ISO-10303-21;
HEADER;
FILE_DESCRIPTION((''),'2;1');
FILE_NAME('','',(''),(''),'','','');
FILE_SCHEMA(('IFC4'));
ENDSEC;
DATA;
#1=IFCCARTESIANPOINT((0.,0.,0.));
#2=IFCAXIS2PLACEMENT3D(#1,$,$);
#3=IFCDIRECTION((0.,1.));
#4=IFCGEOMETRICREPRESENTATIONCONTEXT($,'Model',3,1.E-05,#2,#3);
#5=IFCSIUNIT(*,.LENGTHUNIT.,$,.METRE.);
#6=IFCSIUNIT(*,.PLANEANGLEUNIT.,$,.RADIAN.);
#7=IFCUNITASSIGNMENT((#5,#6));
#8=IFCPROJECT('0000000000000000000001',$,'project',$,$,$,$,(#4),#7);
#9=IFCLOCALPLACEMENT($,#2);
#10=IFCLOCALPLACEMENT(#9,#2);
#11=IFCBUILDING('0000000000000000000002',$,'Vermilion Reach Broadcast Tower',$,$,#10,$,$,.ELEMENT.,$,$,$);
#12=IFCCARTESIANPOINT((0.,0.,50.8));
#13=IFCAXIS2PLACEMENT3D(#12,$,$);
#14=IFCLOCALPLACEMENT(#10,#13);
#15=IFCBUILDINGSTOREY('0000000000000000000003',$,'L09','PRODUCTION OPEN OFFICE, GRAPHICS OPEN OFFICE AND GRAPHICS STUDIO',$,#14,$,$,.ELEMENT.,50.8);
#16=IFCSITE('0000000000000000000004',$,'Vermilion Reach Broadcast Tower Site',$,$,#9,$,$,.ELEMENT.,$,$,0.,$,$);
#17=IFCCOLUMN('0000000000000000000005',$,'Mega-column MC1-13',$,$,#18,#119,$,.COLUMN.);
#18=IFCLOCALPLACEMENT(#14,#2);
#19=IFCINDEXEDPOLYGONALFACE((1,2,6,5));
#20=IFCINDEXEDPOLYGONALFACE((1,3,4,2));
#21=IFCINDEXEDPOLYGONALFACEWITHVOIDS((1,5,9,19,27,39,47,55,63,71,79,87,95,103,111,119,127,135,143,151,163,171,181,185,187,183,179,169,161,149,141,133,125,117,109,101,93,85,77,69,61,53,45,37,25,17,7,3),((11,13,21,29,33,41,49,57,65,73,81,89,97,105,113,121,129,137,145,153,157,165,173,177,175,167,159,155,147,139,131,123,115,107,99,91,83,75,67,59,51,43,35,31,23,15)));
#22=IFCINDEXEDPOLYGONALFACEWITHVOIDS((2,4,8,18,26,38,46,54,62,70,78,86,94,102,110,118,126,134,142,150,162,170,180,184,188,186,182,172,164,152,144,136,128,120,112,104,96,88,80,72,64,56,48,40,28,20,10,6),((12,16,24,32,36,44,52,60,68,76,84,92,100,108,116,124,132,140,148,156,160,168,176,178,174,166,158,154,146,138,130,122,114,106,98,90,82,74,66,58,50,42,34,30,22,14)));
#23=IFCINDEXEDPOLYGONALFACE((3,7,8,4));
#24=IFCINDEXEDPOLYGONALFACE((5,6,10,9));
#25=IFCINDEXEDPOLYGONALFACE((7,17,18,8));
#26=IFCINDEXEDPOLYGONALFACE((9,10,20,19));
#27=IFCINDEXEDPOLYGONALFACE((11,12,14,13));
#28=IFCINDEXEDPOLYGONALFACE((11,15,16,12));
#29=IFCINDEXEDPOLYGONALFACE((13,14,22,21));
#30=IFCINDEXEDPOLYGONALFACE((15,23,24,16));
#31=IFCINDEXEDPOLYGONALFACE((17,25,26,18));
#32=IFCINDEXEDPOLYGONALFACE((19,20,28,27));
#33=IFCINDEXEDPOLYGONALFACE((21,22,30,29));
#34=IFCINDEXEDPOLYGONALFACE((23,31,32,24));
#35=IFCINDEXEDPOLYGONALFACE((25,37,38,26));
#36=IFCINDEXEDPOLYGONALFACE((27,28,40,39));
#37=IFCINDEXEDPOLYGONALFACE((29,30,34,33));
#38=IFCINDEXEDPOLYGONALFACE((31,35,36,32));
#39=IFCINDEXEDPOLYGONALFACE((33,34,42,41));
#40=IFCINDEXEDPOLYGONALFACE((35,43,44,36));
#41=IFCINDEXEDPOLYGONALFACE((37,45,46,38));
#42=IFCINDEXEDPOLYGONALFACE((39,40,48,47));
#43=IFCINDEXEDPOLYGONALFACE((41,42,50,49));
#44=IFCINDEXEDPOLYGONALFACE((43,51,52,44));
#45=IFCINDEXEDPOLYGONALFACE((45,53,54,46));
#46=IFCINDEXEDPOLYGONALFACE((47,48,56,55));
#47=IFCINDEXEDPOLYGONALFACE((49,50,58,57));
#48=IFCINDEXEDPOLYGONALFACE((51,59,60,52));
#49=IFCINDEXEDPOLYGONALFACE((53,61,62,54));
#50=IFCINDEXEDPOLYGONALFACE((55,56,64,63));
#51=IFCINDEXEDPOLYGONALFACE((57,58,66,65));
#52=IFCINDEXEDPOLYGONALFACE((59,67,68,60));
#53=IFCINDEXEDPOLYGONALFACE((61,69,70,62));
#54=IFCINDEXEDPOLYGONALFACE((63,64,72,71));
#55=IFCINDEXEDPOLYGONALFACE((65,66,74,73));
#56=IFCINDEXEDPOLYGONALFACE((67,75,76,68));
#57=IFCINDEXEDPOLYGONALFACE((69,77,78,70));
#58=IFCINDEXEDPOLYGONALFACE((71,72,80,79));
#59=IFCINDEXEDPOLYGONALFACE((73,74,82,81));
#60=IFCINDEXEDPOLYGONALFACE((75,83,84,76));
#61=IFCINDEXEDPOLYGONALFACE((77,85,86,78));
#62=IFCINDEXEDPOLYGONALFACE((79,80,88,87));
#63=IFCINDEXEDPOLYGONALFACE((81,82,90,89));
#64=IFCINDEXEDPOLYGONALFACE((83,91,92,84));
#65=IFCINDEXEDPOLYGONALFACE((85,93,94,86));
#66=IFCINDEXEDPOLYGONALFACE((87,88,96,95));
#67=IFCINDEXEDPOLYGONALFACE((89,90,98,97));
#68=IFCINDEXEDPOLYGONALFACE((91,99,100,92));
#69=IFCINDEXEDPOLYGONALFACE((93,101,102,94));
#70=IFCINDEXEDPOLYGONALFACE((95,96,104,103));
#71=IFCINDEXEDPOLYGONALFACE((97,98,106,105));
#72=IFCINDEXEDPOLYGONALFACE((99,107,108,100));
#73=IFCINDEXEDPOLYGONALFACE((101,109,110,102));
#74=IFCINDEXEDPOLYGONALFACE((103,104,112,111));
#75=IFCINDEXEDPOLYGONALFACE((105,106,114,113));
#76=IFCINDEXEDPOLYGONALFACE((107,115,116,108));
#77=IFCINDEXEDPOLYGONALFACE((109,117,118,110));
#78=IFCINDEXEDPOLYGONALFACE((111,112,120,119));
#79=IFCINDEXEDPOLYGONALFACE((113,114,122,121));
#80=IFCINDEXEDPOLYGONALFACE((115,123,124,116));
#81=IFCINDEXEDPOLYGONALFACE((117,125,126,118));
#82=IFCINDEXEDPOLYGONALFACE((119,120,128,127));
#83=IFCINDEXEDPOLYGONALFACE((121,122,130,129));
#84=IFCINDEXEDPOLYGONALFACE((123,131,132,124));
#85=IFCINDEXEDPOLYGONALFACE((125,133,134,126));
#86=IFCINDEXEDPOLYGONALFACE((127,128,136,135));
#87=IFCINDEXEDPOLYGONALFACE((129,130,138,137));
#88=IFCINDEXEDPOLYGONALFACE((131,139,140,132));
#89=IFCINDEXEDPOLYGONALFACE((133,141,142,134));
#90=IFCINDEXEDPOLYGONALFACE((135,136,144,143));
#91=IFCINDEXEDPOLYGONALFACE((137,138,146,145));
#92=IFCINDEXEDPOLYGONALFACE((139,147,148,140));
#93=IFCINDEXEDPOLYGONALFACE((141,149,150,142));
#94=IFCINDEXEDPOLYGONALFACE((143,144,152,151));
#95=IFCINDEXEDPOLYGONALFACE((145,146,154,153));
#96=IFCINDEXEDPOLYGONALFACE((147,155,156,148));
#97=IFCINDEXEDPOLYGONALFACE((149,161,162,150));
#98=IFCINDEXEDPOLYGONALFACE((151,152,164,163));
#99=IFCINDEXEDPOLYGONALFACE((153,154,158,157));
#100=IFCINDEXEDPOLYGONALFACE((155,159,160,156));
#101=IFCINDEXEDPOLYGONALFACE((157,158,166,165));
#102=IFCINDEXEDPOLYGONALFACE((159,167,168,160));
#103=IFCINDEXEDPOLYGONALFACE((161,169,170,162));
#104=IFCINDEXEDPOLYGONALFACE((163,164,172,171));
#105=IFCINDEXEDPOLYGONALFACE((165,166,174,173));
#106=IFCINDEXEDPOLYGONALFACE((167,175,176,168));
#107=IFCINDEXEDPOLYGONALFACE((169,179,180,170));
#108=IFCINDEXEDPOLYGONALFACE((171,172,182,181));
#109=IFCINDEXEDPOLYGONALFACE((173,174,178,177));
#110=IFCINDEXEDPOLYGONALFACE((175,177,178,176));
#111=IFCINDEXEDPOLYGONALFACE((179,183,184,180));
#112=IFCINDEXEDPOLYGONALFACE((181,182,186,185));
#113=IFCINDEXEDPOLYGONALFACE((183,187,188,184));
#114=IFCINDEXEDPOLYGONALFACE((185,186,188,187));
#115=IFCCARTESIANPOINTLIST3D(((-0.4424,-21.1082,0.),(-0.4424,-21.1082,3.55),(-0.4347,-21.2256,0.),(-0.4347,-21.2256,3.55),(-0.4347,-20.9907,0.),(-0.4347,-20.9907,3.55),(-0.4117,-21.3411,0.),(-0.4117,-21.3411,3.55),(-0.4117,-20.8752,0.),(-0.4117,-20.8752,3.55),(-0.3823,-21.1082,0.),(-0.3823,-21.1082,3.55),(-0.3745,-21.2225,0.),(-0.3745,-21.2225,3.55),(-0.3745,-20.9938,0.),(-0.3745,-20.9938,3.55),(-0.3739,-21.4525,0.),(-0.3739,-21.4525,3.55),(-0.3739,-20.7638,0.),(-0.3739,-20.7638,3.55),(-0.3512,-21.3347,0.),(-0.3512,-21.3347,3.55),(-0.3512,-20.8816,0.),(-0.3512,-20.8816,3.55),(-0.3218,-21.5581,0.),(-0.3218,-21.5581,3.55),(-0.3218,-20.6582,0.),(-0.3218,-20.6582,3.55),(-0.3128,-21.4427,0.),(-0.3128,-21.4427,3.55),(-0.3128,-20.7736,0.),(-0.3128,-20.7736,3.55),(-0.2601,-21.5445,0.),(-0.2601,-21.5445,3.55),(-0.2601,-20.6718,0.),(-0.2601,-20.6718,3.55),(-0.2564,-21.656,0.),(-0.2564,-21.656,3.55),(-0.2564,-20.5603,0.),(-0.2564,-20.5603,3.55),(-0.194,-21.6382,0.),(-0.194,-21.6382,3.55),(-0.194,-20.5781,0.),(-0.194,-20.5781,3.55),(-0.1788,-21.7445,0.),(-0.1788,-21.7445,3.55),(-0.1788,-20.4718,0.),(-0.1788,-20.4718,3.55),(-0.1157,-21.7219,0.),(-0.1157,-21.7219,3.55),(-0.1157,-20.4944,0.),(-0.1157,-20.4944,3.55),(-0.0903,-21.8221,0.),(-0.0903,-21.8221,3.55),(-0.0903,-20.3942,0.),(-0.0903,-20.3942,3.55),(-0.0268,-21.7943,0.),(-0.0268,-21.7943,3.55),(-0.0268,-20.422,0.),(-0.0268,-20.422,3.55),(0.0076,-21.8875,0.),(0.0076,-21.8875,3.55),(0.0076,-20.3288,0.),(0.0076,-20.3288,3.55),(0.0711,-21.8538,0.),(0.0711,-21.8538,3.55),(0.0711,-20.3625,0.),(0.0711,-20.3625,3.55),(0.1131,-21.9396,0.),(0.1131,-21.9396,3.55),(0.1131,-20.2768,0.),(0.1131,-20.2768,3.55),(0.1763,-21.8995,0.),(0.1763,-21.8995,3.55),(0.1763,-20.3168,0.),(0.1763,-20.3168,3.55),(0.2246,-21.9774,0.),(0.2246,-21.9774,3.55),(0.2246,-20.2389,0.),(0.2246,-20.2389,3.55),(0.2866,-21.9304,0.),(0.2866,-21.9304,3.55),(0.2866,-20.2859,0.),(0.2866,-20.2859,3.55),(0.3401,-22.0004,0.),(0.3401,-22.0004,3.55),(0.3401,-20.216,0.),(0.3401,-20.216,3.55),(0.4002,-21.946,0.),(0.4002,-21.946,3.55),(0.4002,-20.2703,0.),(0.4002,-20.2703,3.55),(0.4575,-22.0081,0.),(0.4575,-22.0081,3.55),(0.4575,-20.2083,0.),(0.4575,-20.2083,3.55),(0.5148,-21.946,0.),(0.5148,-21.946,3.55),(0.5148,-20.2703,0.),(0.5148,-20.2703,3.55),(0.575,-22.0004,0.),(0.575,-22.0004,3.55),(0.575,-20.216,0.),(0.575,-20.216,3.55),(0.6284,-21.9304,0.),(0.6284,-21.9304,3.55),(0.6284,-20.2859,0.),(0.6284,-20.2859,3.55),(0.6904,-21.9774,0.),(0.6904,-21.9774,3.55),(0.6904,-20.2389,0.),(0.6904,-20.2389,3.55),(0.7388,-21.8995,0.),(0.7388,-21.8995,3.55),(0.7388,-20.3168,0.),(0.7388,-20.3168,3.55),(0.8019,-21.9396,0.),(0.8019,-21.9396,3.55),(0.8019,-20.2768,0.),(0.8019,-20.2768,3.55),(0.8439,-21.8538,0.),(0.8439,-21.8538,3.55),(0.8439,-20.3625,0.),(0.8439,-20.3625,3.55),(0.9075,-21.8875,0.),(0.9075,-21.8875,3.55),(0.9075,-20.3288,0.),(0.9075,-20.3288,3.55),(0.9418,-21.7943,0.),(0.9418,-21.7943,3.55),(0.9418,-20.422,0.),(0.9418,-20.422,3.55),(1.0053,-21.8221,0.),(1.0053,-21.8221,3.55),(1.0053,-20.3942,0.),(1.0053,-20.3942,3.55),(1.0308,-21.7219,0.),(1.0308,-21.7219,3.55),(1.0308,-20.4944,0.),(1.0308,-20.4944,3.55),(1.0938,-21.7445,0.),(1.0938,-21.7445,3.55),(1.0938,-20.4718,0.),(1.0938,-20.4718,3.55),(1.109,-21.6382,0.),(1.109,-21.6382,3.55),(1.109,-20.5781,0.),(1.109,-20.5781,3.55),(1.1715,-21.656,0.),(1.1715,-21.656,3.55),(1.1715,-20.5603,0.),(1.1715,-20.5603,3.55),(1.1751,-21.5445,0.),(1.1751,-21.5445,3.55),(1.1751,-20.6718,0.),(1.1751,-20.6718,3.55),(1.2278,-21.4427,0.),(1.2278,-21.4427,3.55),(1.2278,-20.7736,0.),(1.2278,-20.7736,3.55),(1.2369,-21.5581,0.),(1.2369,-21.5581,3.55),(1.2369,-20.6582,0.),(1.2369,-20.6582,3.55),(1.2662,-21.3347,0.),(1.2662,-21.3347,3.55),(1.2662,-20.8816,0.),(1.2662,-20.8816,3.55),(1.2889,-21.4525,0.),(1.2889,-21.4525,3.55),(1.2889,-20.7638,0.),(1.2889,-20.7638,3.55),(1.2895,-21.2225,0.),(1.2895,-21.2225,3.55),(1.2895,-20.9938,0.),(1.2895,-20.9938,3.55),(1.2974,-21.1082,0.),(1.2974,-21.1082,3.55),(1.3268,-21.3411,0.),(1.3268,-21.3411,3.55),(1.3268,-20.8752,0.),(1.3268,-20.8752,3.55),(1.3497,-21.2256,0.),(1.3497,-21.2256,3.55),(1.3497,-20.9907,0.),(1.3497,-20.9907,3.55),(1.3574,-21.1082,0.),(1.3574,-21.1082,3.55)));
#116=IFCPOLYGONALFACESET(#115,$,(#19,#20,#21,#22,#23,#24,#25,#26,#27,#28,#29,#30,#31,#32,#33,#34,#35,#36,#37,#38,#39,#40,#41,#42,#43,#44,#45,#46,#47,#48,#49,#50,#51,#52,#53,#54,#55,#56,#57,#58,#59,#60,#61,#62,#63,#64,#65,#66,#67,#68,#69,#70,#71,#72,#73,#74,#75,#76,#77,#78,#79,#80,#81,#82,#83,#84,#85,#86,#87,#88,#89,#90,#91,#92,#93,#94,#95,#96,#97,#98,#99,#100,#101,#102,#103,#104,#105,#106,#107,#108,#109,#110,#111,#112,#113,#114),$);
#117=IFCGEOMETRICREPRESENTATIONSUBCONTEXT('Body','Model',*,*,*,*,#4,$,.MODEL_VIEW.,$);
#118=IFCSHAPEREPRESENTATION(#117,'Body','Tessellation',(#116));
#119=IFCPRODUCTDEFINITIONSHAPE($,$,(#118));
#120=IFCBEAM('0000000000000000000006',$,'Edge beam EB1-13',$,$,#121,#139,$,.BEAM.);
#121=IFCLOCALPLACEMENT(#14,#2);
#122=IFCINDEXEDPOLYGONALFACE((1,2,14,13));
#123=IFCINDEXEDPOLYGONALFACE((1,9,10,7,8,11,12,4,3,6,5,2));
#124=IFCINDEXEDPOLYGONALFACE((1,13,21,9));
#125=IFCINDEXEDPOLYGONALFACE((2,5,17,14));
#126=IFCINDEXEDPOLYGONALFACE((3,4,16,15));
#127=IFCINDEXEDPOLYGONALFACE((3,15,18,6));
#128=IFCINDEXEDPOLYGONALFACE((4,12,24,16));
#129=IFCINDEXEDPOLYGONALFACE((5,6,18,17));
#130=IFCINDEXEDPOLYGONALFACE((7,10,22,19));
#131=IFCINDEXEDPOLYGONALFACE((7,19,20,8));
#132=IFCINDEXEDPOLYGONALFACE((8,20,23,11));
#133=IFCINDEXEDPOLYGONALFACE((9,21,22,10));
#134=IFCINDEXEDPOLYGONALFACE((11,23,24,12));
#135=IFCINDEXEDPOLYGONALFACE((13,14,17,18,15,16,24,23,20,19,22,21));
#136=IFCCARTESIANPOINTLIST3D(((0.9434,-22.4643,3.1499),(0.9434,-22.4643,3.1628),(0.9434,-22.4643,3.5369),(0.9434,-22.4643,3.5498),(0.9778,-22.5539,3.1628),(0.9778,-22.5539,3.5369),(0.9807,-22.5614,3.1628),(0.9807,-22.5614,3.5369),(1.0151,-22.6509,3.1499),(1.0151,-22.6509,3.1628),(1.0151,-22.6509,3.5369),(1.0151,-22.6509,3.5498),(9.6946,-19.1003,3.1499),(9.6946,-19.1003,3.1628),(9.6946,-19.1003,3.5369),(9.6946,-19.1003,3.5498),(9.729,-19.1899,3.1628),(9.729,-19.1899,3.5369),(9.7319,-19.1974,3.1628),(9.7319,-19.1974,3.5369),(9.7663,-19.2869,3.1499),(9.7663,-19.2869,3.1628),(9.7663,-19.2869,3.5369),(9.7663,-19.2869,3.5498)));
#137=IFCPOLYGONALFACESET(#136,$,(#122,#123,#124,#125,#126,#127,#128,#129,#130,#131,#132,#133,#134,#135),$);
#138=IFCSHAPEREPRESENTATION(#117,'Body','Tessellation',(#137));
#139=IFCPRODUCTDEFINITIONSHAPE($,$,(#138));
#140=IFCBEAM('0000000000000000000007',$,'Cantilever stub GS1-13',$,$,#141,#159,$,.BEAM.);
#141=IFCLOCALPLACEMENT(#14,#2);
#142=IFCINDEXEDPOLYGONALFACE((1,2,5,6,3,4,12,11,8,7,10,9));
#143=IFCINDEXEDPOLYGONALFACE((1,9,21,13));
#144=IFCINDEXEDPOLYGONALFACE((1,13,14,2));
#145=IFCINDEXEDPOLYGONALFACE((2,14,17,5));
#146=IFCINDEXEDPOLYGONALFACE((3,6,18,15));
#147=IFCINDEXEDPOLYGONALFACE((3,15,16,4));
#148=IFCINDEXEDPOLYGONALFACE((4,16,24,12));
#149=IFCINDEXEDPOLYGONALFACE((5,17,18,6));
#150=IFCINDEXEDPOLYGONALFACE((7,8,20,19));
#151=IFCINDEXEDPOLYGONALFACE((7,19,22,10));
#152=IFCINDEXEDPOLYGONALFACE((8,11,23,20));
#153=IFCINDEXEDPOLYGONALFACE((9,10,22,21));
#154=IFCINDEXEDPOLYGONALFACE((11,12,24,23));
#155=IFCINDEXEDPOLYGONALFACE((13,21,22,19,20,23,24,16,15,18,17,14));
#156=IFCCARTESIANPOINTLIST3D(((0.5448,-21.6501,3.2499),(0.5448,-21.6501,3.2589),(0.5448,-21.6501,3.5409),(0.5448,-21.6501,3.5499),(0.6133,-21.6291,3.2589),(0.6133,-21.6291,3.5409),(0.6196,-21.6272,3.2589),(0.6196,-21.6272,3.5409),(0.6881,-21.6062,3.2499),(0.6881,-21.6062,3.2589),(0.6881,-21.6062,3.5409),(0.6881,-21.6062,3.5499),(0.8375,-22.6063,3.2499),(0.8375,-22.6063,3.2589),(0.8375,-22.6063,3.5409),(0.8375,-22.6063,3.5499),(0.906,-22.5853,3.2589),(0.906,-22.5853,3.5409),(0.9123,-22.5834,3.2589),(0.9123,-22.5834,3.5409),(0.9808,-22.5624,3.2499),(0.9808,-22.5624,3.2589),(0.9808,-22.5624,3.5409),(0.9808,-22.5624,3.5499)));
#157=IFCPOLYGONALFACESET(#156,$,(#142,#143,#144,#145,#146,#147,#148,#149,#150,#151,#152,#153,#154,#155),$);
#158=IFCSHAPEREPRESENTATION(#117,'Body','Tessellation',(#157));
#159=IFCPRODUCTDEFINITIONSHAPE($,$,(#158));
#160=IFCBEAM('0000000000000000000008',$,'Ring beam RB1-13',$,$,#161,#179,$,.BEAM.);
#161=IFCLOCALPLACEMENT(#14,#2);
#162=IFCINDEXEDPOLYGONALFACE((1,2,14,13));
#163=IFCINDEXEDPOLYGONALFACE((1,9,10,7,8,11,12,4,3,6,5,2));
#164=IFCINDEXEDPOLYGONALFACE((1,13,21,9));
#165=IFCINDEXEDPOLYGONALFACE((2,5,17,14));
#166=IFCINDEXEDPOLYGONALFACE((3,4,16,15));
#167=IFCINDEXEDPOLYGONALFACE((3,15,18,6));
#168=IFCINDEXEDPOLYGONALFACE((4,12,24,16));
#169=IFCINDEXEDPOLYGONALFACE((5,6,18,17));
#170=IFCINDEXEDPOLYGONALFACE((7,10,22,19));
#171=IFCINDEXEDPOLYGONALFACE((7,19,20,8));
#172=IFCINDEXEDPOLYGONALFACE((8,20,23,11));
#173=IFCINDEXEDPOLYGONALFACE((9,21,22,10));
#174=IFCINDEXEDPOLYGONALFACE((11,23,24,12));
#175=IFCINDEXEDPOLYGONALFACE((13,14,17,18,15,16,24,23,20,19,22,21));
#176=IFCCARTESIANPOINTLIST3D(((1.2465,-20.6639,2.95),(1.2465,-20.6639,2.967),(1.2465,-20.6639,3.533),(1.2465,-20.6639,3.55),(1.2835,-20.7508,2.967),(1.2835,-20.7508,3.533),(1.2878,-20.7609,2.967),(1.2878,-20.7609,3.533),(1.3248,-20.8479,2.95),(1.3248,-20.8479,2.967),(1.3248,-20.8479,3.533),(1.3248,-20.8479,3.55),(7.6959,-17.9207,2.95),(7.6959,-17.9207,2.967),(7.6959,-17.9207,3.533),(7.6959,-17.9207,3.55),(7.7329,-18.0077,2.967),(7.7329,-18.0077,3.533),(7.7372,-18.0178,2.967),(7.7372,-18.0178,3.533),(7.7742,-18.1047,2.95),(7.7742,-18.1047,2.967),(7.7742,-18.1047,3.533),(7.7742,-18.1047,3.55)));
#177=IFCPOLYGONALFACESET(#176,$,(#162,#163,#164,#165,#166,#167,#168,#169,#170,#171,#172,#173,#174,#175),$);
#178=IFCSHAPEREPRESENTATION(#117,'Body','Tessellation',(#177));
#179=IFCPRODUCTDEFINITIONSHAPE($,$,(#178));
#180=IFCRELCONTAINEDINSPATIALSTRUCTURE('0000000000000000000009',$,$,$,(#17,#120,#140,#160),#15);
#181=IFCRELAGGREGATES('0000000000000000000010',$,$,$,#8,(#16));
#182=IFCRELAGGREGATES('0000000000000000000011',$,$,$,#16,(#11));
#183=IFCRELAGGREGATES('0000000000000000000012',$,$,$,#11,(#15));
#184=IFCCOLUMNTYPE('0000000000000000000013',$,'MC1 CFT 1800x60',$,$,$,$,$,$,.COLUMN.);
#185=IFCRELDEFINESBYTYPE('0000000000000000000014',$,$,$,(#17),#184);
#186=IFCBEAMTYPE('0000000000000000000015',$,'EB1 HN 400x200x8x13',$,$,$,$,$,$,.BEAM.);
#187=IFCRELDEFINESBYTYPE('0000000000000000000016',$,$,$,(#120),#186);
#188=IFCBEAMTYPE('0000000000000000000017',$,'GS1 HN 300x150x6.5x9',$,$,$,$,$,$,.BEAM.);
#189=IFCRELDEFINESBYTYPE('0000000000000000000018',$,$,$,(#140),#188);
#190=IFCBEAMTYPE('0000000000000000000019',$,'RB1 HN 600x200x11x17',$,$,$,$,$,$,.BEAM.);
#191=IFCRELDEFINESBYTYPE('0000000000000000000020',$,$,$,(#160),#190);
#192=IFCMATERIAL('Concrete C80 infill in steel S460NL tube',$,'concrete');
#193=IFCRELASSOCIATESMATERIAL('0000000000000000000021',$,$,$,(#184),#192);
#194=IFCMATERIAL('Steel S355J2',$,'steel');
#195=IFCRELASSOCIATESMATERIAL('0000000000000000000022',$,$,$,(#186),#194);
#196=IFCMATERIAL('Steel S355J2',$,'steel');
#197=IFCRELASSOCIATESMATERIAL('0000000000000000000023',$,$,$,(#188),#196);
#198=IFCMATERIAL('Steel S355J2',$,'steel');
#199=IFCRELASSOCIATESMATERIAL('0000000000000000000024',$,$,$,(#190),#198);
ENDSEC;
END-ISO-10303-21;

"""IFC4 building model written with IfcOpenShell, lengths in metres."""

from ifc_helpers import new_model, si_unit, direction, frame, origin, origin_2d, place, context, subcontext, project, spatial, hollow_circle, i_section, extrude, material, material_profile, profile_set, type_object, element, save


model = new_model("IFC4")

# Units and contexts
model_context = context("Model", 3, precision=1e-05, world=origin(), true_north=direction((0.0, 1.0)))
body_context = subcontext(model_context, "Body", "Model", "MODEL_VIEW")
ifc_project = project(units=[si_unit("LENGTHUNIT", "METRE"), si_unit("PLANEANGLEUNIT", "RADIAN")], contexts=[model_context])

# Site, building, storey
site_placement = place(None, origin())
site = spatial("IfcSite", under=ifc_project, at=site_placement, Name="Vermilion Reach Broadcast Tower Site", CompositionType="ELEMENT", RefElevation=0.0)
building_placement = place(site_placement, origin())
building = spatial("IfcBuilding", under=site, at=building_placement, Name="Vermilion Reach Broadcast Tower", CompositionType="ELEMENT")
storey_placement = place(building_placement, frame((0.0, 0.0, 50.8)))
storey = spatial("IfcBuildingStorey", under=building, at=storey_placement, Name="L09", Description="PRODUCTION OPEN OFFICE, GRAPHICS OPEN OFFICE AND GRAPHICS STUDIO", CompositionType="ELEMENT", Elevation=50.8)

# Column
ifc_material_1 = material(Name="Concrete C80 infill in steel S460NL tube", Category="concrete")
ifc_material_profile_1 = material_profile(ifc_material_1, hollow_circle(Radius=0.8999, WallThickness=0.0601, at=origin_2d()), Name="Concrete C80 infill in steel S460NL tube CFT 1800x60")
ifc_profile_set_1 = profile_set([ifc_material_profile_1], Name="Concrete C80 infill in steel S460NL tube")
column_type = type_object("IfcColumnType", Name="MC1 CFT 1800x60", PredefinedType="COLUMN", material=ifc_profile_set_1)
column_placement = place(storey_placement, frame((0.4575, -21.1082, 0.0), z_axis=(0.0, 0.0, 1.0), x_axis=(1.0, 0.0, 0.0)))
element("IfcColumn", 1, at=column_placement, inside=storey, type_object=column_type, Name="Mega-column MC1-13", PredefinedType="COLUMN", context=body_context, shape_type="SweptSolid", body=[
    extrude(hollow_circle(Radius=0.8999, WallThickness=0.0601, at=origin_2d()), origin(), (0.0, 0.0, 1.0), 3.55),
])

# Beams
ifc_material_2 = material(Name="Steel S355J2", Category="steel")
ifc_material_profile_2 = material_profile(ifc_material_2, i_section(OverallWidth=0.2, OverallDepth=0.3999, WebThickness=0.0081, FlangeThickness=0.0129, at=origin_2d()), Name="S355J2 HN 400x200x8x13")
ifc_profile_set_2 = profile_set([ifc_material_profile_2], Name="Steel S355J2")
beam_type_1 = type_object("IfcBeamType", Name="EB1 HN 400x200x8x13", PredefinedType="BEAM", material=ifc_profile_set_2)
beam_1_placement = place(storey_placement, frame((0.9792, -22.5576, 3.3499), z_axis=(0.933411, 0.358808, 0.0), x_axis=(-0.358808, 0.933411, 0.0)))
element("IfcBeam", 2, at=beam_1_placement, inside=storey, type_object=beam_type_1, Name="Edge beam EB1-13", PredefinedType="BEAM", context=body_context, shape_type="SweptSolid", body=[
    extrude(i_section(OverallWidth=0.2, OverallDepth=0.3999, WebThickness=0.0081, FlangeThickness=0.0129, at=origin_2d()), origin(), (0.0, 0.0, 1.0), 9.3755),
])
ifc_material_3 = material(Name="Steel S355J2", Category="steel")
ifc_material_profile_3 = material_profile(ifc_material_3, i_section(OverallWidth=0.1499, OverallDepth=0.3, WebThickness=0.0066, FlangeThickness=0.009, at=origin_2d()), Name="S355J2 HN 300x150x6.5x9")
ifc_profile_set_3 = profile_set([ifc_material_profile_3], Name="Steel S355J2")
beam_type_2 = type_object("IfcBeamType", Name="GS1 HN 300x150x6.5x9", PredefinedType="BEAM", material=ifc_profile_set_3)
beam_2_placement = place(storey_placement, frame((0.6165, -21.6282, 3.3999), z_axis=(0.292696, -0.956206, 0.0), x_axis=(0.956206, 0.292696, 0.0)))
element("IfcBeam", 3, at=beam_2_placement, inside=storey, type_object=beam_type_2, Name="Cantilever stub GS1-13", PredefinedType="BEAM", context=body_context, shape_type="SweptSolid", body=[
    extrude(i_section(OverallWidth=0.1499, OverallDepth=0.3, WebThickness=0.0066, FlangeThickness=0.009, at=origin_2d()), origin(), (0.0, 0.0, 1.0), 1.0),
])
ifc_material_4 = material(Name="Steel S355J2", Category="steel")
ifc_material_profile_4 = material_profile(ifc_material_4, i_section(OverallWidth=0.2, OverallDepth=0.6001, WebThickness=0.011, FlangeThickness=0.0171, at=origin_2d()), Name="S355J2 HN 600x200x11x17")
ifc_profile_set_4 = profile_set([ifc_material_profile_4], Name="Steel S355J2")
beam_type_3 = type_object("IfcBeamType", Name="RB1 HN 600x200x11x17", PredefinedType="BEAM", material=ifc_profile_set_4)
beam_3_placement = place(storey_placement, frame((1.2856, -20.7559, 3.25), z_axis=(0.920221, 0.3914, 0.0), x_axis=(-0.3914, 0.920221, 0.0)))
element("IfcBeam", 4, at=beam_3_placement, inside=storey, type_object=beam_type_3, Name="Ring beam RB1-13", PredefinedType="BEAM", context=body_context, shape_type="SweptSolid", body=[
    extrude(i_section(OverallWidth=0.2, OverallDepth=0.6001, WebThickness=0.011, FlangeThickness=0.0171, at=origin_2d()), origin(), (0.0, 0.0, 1.0), 7.0085),
])

save(model, "model.ifc")
